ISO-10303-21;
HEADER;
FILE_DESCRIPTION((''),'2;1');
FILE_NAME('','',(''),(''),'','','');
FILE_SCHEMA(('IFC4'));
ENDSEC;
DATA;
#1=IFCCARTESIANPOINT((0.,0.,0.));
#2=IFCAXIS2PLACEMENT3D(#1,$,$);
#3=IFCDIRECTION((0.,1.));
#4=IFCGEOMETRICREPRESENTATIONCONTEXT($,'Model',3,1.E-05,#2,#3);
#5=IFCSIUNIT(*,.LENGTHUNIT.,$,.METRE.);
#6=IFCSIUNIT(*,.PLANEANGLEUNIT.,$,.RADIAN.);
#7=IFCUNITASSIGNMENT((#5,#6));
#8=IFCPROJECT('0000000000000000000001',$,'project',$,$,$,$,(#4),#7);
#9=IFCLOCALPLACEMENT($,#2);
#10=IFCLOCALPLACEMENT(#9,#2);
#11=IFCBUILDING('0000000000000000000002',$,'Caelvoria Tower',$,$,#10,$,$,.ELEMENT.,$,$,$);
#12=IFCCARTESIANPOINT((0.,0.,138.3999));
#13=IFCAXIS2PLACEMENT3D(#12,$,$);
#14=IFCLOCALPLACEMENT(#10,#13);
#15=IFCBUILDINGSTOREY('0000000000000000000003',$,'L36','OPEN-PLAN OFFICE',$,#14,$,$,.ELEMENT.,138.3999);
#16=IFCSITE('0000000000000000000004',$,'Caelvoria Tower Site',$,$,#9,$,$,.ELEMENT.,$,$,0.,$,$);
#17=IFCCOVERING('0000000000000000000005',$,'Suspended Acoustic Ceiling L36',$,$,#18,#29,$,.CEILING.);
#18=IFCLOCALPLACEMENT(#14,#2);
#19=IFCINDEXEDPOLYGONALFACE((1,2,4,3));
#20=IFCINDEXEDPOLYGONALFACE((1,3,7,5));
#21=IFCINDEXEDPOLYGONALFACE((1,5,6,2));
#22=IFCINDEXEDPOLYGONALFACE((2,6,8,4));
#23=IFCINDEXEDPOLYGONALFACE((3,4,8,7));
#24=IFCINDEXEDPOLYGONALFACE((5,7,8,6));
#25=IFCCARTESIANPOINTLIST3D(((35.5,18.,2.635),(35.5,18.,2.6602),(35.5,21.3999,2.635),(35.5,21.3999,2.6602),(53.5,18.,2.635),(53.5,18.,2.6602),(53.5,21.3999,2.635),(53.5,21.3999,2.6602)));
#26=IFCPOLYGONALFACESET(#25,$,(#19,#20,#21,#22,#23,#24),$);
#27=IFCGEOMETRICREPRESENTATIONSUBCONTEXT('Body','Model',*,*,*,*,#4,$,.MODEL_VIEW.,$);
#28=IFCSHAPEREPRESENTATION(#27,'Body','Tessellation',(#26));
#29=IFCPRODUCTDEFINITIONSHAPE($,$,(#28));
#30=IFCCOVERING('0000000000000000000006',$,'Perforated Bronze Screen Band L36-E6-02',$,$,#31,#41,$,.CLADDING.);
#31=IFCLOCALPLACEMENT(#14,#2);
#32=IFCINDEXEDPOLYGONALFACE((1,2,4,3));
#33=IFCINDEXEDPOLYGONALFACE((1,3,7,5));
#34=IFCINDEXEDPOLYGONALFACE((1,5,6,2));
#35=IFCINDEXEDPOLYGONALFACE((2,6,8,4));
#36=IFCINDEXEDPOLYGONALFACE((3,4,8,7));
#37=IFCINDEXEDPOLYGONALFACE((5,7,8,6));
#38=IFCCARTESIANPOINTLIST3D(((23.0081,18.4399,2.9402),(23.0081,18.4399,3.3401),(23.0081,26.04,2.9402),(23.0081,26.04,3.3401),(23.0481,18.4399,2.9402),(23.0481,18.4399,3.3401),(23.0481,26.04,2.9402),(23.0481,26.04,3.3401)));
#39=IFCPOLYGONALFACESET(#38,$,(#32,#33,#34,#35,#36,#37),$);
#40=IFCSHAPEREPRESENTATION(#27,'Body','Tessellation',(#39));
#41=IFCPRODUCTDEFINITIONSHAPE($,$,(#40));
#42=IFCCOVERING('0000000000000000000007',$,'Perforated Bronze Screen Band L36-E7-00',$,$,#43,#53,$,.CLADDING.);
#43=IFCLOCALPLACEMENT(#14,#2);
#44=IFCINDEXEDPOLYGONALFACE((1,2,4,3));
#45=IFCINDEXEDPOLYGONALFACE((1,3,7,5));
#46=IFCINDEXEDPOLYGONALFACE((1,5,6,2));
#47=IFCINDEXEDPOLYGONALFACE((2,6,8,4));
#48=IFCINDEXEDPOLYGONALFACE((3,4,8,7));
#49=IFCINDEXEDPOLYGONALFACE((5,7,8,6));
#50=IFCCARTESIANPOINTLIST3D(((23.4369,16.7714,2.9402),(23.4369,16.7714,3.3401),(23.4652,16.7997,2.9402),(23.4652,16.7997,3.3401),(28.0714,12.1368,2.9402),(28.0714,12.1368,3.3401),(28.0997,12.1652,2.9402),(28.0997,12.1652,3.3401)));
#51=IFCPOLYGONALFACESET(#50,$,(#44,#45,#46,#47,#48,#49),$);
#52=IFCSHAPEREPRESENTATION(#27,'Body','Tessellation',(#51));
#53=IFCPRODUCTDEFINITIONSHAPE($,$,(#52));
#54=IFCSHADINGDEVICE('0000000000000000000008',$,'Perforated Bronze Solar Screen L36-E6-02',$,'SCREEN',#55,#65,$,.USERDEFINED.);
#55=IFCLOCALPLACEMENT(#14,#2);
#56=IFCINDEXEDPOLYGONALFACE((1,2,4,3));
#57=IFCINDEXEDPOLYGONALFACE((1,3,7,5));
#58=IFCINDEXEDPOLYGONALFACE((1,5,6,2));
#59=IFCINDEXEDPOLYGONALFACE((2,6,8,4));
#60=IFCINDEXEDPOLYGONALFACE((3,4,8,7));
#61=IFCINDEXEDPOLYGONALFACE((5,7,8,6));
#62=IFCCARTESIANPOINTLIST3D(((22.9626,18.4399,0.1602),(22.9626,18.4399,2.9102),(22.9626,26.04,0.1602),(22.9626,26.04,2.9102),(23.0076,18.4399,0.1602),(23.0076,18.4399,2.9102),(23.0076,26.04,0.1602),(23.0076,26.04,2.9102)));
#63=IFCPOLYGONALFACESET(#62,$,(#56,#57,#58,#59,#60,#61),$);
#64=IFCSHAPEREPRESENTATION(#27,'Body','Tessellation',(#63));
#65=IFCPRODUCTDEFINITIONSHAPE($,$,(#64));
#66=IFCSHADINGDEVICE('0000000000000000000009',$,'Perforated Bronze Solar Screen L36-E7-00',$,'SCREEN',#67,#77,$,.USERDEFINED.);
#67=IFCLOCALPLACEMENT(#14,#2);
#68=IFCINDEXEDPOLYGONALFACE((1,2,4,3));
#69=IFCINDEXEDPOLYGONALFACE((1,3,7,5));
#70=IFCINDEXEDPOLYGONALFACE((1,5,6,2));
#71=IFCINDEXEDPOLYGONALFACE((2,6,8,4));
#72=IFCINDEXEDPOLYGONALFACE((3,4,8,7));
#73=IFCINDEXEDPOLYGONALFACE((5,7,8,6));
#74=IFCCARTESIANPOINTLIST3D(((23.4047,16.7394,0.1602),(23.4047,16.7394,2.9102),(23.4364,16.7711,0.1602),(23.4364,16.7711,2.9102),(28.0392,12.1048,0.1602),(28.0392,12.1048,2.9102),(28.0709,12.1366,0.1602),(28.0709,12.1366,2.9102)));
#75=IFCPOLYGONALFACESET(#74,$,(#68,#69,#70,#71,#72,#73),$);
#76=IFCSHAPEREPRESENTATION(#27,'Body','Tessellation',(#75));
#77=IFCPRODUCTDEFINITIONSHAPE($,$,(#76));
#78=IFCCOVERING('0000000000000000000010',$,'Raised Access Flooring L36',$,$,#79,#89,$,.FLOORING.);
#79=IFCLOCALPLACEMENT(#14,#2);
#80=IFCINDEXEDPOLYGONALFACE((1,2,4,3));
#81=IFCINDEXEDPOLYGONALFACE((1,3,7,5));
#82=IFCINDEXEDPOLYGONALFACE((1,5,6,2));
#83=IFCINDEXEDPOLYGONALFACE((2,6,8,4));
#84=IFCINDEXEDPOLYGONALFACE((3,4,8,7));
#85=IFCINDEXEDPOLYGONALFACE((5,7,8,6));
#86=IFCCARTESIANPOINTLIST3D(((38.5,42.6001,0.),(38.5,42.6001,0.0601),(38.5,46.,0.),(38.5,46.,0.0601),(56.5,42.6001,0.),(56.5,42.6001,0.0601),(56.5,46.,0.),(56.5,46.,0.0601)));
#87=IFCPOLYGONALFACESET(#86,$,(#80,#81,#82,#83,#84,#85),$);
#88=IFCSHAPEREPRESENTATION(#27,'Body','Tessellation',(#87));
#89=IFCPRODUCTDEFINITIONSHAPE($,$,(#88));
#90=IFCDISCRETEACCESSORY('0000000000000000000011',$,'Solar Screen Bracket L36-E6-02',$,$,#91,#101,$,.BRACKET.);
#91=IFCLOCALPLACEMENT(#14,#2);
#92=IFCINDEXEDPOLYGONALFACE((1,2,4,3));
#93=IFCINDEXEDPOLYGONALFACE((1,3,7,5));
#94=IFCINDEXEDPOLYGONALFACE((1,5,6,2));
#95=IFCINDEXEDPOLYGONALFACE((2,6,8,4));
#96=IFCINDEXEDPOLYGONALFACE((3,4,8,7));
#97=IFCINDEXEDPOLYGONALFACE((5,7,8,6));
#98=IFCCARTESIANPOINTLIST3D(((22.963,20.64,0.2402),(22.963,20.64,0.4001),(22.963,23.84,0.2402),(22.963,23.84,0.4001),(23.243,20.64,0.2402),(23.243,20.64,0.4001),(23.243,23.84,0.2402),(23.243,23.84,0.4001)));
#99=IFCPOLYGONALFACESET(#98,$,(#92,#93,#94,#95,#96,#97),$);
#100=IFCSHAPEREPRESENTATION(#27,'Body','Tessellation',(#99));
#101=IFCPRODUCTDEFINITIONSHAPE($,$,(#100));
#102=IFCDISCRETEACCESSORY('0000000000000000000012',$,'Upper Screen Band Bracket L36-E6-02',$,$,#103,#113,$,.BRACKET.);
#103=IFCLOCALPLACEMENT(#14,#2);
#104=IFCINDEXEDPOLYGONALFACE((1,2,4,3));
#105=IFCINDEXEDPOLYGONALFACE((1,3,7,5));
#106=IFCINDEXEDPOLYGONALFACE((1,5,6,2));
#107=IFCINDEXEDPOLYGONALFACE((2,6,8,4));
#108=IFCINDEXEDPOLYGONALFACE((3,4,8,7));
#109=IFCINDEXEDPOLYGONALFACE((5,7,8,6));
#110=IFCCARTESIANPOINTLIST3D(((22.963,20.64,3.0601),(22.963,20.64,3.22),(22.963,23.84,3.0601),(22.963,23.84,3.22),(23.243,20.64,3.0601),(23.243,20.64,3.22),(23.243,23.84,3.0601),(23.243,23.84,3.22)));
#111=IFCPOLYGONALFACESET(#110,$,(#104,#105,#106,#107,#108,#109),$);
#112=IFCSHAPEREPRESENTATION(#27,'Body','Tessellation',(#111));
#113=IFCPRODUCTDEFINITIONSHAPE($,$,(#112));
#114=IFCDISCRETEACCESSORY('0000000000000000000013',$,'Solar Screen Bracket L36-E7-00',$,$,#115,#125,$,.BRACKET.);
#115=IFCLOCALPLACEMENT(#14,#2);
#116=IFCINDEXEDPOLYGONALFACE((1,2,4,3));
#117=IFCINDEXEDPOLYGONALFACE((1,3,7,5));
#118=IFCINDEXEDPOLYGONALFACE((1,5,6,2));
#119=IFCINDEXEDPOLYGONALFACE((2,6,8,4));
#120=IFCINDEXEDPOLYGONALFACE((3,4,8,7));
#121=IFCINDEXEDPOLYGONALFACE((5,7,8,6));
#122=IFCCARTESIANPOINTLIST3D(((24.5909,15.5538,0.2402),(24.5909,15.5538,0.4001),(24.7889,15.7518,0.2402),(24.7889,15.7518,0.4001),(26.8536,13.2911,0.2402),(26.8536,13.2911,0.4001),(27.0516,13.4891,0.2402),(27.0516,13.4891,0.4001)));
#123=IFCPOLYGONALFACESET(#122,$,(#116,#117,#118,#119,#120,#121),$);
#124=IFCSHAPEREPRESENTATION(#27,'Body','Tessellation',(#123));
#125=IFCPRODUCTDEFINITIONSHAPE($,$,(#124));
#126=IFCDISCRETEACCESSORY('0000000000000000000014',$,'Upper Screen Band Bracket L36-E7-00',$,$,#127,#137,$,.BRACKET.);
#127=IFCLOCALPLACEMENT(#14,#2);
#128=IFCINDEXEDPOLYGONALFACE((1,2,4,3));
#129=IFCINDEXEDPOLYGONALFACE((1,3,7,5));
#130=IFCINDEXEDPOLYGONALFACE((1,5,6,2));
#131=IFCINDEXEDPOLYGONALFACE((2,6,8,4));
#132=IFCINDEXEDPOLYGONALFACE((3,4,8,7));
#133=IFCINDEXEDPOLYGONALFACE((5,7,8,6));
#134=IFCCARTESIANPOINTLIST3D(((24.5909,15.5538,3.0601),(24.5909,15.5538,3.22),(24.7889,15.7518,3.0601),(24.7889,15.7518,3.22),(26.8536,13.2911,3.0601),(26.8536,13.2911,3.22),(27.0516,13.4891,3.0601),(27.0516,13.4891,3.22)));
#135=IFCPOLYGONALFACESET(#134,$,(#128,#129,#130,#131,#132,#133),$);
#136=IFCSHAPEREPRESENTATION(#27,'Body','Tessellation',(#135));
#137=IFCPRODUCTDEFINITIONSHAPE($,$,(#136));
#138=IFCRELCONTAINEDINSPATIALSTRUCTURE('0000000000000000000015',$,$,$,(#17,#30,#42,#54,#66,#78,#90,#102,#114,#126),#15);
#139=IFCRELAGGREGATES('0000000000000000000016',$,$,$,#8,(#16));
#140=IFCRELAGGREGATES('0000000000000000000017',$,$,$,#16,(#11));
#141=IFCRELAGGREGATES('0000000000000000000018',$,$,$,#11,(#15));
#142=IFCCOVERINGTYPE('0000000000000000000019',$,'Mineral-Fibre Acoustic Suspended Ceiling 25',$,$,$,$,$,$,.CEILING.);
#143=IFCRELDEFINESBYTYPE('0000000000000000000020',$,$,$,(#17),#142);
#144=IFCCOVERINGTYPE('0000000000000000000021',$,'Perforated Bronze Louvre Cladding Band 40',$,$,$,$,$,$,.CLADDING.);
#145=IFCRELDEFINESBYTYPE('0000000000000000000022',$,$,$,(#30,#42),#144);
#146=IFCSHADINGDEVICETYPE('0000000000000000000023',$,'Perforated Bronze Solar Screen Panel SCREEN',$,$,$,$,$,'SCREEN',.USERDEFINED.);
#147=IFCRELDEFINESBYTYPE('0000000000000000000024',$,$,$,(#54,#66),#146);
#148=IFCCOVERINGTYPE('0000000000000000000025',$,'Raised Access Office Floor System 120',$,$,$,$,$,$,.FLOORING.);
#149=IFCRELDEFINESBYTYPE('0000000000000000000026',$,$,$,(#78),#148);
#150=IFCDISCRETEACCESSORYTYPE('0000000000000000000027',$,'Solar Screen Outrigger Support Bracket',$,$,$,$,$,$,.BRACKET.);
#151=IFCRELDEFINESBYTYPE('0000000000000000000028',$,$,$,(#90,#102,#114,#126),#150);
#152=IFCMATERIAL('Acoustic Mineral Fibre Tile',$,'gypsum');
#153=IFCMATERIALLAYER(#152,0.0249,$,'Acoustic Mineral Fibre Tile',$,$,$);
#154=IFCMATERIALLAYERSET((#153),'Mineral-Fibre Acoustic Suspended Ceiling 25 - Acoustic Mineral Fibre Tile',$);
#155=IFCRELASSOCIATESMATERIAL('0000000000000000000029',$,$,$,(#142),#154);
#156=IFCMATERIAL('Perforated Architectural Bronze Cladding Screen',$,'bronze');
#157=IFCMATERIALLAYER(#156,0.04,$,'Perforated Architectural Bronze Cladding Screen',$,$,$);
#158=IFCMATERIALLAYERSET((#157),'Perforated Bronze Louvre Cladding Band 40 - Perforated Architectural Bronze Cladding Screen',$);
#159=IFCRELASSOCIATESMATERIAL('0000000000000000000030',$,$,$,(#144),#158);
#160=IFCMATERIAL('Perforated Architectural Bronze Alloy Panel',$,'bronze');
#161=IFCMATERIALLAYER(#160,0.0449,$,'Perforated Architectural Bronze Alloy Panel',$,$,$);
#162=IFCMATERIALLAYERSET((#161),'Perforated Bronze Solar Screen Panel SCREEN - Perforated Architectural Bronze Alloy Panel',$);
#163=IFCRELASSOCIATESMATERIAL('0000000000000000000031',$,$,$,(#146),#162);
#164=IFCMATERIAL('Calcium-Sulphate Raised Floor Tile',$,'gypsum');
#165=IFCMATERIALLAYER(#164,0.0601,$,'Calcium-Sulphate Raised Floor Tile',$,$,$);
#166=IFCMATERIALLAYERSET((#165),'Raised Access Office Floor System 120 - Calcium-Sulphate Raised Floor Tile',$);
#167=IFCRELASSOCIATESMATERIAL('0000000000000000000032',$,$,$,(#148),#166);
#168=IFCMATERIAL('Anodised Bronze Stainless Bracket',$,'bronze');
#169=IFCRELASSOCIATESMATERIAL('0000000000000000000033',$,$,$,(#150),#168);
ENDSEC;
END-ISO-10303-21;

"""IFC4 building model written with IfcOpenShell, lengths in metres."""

from ifc_helpers import new_model, si_unit, direction, frame, origin, origin_2d, place, context, subcontext, project, spatial, polyline, rectangle, outline, extrude, material, layer, layer_set, type_object, element, save


model = new_model("IFC4")

# Units and contexts
model_context = context("Model", 3, precision=1e-05, world=origin(), true_north=direction((0.0, 1.0)))
body_context = subcontext(model_context, "Body", "Model", "MODEL_VIEW")
ifc_project = project(units=[si_unit("LENGTHUNIT", "METRE"), si_unit("PLANEANGLEUNIT", "RADIAN")], contexts=[model_context])

# Site, building, storey
site_placement = place(None, origin())
site = spatial("IfcSite", under=ifc_project, at=site_placement, Name="Caelvoria Tower Site", CompositionType="ELEMENT", RefElevation=0.0)
building_placement = place(site_placement, origin())
building = spatial("IfcBuilding", under=site, at=building_placement, Name="Caelvoria Tower", CompositionType="ELEMENT")
storey_placement = place(building_placement, frame((0.0, 0.0, 138.3999)))
storey = spatial("IfcBuildingStorey", under=building, at=storey_placement, Name="L36", Description="OPEN-PLAN OFFICE", CompositionType="ELEMENT", Elevation=138.3999)

# Coverings
ifc_material_1 = material(Name="Acoustic Mineral Fibre Tile", Category="gypsum")
ifc_layer_1 = layer(ifc_material_1, 0.0249, Name="Acoustic Mineral Fibre Tile")
ifc_layer_set_1 = layer_set([ifc_layer_1], Name="Mineral-Fibre Acoustic Suspended Ceiling 25 - Acoustic Mineral Fibre Tile")
covering_type_1 = type_object("IfcCoveringType", Name="Mineral-Fibre Acoustic Suspended Ceiling 25", PredefinedType="CEILING", material=ifc_layer_set_1)
covering_1_placement = place(storey_placement, frame((0.0, 0.0, 2.635)))
element("IfcCovering", 1, at=covering_1_placement, inside=storey, type_object=covering_type_1, Name="Suspended Acoustic Ceiling L36", PredefinedType="CEILING", context=body_context, shape_type="SweptSolid", body=[
    extrude(outline(polyline([(35.5, 18.0), (53.5, 18.0), (53.5, 21.3999), (35.5, 21.3999), (35.5, 18.0)])), origin(), (0.0, 0.0, 1.0), 0.0251),
])
ifc_material_2 = material(Name="Perforated Architectural Bronze Cladding Screen", Category="bronze")
ifc_layer_2 = layer(ifc_material_2, 0.04, Name="Perforated Architectural Bronze Cladding Screen")
ifc_layer_set_2 = layer_set([ifc_layer_2], Name="Perforated Bronze Louvre Cladding Band 40 - Perforated Architectural Bronze Cladding Screen")
covering_type_2 = type_object("IfcCoveringType", Name="Perforated Bronze Louvre Cladding Band 40", PredefinedType="CLADDING", material=ifc_layer_set_2)
covering_2_placement = place(storey_placement, frame((23.0281, 22.24, 2.9402), z_axis=(0.0, 0.0, 1.0), x_axis=(0.0, -1.0, 0.0)))
element("IfcCovering", 2, at=covering_2_placement, inside=storey, type_object=covering_type_2, Name="Perforated Bronze Screen Band L36-E6-02", PredefinedType="CLADDING", context=body_context, shape_type="SweptSolid", body=[
    extrude(rectangle(XDim=7.6001, YDim=0.04, at=origin_2d()), origin(), (0.0, 0.0, 1.0), 0.3999),
])
covering_3_placement = place(storey_placement, frame((25.7683, 14.4683, 2.9402), z_axis=(0.0, 0.0, 1.0), x_axis=(0.707107, -0.707107, 0.0)))
element("IfcCovering", 3, at=covering_3_placement, inside=storey, type_object=covering_type_2, Name="Perforated Bronze Screen Band L36-E7-00", PredefinedType="CLADDING", context=body_context, shape_type="SweptSolid", body=[
    extrude(rectangle(XDim=6.5542, YDim=0.04, at=origin_2d()), origin(), (0.0, 0.0, 1.0), 0.3999),
])

# Shading devices
ifc_material_3 = material(Name="Perforated Architectural Bronze Alloy Panel", Category="bronze")
ifc_layer_3 = layer(ifc_material_3, 0.0449, Name="Perforated Architectural Bronze Alloy Panel")
ifc_layer_set_3 = layer_set([ifc_layer_3], Name="Perforated Bronze Solar Screen Panel SCREEN - Perforated Architectural Bronze Alloy Panel")
shading_device_type = type_object("IfcShadingDeviceType", Name="Perforated Bronze Solar Screen Panel SCREEN", ElementType="SCREEN", PredefinedType="USERDEFINED", material=ifc_layer_set_3)
shading_device_1_placement = place(storey_placement, frame((22.9851, 22.24, 0.1602), z_axis=(0.0, 0.0, 1.0), x_axis=(0.0, -1.0, 0.0)))
element("IfcShadingDevice", 4, at=shading_device_1_placement, inside=storey, type_object=shading_device_type, Name="Perforated Bronze Solar Screen L36-E6-02", ObjectType="SCREEN", PredefinedType="USERDEFINED", context=body_context, shape_type="SweptSolid", body=[
    extrude(rectangle(XDim=7.6001, YDim=0.0449, at=origin_2d()), origin(), (0.0, 0.0, 1.0), 2.75),
])
shading_device_2_placement = place(storey_placement, frame((25.7378, 14.438, 0.1602), z_axis=(0.0, 0.0, 1.0), x_axis=(0.707107, -0.707107, 0.0)))
element("IfcShadingDevice", 5, at=shading_device_2_placement, inside=storey, type_object=shading_device_type, Name="Perforated Bronze Solar Screen L36-E7-00", ObjectType="SCREEN", PredefinedType="USERDEFINED", context=body_context, shape_type="SweptSolid", body=[
    extrude(rectangle(XDim=6.5542, YDim=0.0449, at=origin_2d()), origin(), (0.0, 0.0, 1.0), 2.75),
])

# Covering
ifc_material_4 = material(Name="Calcium-Sulphate Raised Floor Tile", Category="gypsum")
ifc_layer_4 = layer(ifc_material_4, 0.0601, Name="Calcium-Sulphate Raised Floor Tile")
ifc_layer_set_4 = layer_set([ifc_layer_4], Name="Raised Access Office Floor System 120 - Calcium-Sulphate Raised Floor Tile")
covering_type_3 = type_object("IfcCoveringType", Name="Raised Access Office Floor System 120", PredefinedType="FLOORING", material=ifc_layer_set_4)
covering_4_placement = place(storey_placement, origin())
element("IfcCovering", 6, at=covering_4_placement, inside=storey, type_object=covering_type_3, Name="Raised Access Flooring L36", PredefinedType="FLOORING", context=body_context, shape_type="SweptSolid", body=[
    extrude(outline(polyline([(38.5, 42.6001), (56.5, 42.6001), (56.5, 46.0), (38.5, 46.0), (38.5, 42.6001)])), origin(), (0.0, 0.0, 1.0), 0.0601),
])

# Discrete accessories
ifc_material_5 = material(Name="Anodised Bronze Stainless Bracket", Category="bronze")
discrete_accessory_type = type_object("IfcDiscreteAccessoryType", Name="Solar Screen Outrigger Support Bracket", PredefinedType="BRACKET", material=ifc_material_5)
for number, where, z_axis, x_axis, name in (
    (7, (23.103, 22.24, 0.2402), (0.0, 0.0, 1.0), (0.0, -1.0, 0.0), "Solar Screen Bracket L36-E6-02"),
    (8, (23.103, 22.24, 3.0601), (0.0, 0.0, 1.0), (0.0, -1.0, 0.0), "Upper Screen Band Bracket L36-E6-02"),
    (9, (25.8213, 14.5215, 0.2402), (0.0, 0.0, 1.0), (0.707107, -0.707107, 0.0), "Solar Screen Bracket L36-E7-00"),
    (10, (25.8213, 14.5215, 3.0601), (0.0, 0.0, 1.0), (0.707107, -0.707107, 0.0), "Upper Screen Band Bracket L36-E7-00"),
):
    element("IfcDiscreteAccessory", number, at=place(storey_placement, frame(where, z_axis=z_axis, x_axis=x_axis)), inside=storey, type_object=discrete_accessory_type, Name=name, PredefinedType="BRACKET", context=body_context, shape_type="SweptSolid", body=[
        extrude(rectangle(XDim=3.2, YDim=0.28, at=origin_2d()), origin(), (0.0, 0.0, 1.0), 0.1599),
    ])

save(model, "model.ifc")
